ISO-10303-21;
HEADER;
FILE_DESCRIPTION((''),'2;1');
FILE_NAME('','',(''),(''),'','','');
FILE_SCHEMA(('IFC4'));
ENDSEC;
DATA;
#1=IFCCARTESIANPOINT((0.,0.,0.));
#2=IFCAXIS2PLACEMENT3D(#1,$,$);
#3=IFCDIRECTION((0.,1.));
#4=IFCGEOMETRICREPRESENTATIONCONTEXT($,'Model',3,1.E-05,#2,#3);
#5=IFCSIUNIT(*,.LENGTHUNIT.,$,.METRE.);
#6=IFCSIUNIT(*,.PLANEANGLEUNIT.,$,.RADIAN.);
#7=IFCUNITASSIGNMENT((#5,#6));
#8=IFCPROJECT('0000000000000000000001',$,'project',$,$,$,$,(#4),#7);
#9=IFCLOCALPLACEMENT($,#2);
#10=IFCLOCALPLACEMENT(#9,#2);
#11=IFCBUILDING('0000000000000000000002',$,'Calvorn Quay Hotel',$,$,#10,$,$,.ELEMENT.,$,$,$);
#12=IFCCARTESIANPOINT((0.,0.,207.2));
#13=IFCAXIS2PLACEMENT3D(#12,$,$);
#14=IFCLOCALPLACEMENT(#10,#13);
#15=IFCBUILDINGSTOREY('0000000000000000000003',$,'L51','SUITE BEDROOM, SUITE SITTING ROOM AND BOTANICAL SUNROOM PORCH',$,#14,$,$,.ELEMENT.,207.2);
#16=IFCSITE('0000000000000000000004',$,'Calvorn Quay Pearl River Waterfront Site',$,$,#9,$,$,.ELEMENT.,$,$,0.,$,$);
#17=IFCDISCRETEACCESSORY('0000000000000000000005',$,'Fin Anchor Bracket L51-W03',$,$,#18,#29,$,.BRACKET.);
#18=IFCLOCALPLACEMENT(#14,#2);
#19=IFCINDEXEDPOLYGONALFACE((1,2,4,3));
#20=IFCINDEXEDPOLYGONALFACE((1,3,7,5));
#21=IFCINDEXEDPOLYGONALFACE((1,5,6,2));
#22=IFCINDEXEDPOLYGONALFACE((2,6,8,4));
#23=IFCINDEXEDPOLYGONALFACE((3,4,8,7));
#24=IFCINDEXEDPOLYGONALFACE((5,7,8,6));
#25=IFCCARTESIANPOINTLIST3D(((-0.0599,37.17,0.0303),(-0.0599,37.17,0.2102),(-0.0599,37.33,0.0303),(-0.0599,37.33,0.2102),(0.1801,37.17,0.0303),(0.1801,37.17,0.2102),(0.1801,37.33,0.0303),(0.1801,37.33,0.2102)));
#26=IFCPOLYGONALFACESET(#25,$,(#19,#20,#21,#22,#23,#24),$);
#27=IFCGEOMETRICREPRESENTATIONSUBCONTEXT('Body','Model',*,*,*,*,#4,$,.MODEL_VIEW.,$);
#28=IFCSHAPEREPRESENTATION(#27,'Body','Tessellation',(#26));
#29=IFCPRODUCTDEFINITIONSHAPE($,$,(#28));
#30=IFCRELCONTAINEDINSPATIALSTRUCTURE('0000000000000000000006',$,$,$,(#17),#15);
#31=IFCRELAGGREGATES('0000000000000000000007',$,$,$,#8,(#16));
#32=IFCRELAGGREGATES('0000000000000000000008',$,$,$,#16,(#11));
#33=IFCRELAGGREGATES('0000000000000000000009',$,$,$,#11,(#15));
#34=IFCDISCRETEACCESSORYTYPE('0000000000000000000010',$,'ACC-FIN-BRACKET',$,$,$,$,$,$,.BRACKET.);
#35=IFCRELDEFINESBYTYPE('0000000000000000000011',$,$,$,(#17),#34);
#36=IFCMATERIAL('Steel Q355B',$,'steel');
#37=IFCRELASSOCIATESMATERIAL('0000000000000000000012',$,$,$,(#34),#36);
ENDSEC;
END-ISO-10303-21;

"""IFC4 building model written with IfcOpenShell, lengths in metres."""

from ifc_helpers import new_model, si_unit, direction, frame, origin, origin_2d, place, context, subcontext, project, spatial, rectangle, extrude, material, type_object, element, save


model = new_model("IFC4")

# Units and contexts
model_context = context("Model", 3, precision=1e-05, world=origin(), true_north=direction((0.0, 1.0)))
body_context = subcontext(model_context, "Body", "Model", "MODEL_VIEW")
ifc_project = project(units=[si_unit("LENGTHUNIT", "METRE"), si_unit("PLANEANGLEUNIT", "RADIAN")], contexts=[model_context])

# Site, building, storey
site_placement = place(None, origin())
site = spatial("IfcSite", under=ifc_project, at=site_placement, Name="Calvorn Quay Pearl River Waterfront Site", CompositionType="ELEMENT", RefElevation=0.0)
building_placement = place(site_placement, origin())
building = spatial("IfcBuilding", under=site, at=building_placement, Name="Calvorn Quay Hotel", CompositionType="ELEMENT")
storey_placement = place(building_placement, frame((0.0, 0.0, 207.2)))
storey = spatial("IfcBuildingStorey", under=building, at=storey_placement, Name="L51", Description="SUITE BEDROOM, SUITE SITTING ROOM AND BOTANICAL SUNROOM PORCH", CompositionType="ELEMENT", Elevation=207.2)

# Discrete accessory
ifc_material_1 = material(Name="Steel Q355B", Category="steel")
discrete_accessory_type = type_object("IfcDiscreteAccessoryType", Name="ACC-FIN-BRACKET", PredefinedType="BRACKET", material=ifc_material_1)
discrete_accessory_placement = place(storey_placement, frame((0.0601, 37.25, 0.0303), z_axis=(0.0, 0.0, 1.0), x_axis=(1.0, 0.0, 0.0)))
element("IfcDiscreteAccessory", 1, at=discrete_accessory_placement, inside=storey, type_object=discrete_accessory_type, Name="Fin Anchor Bracket L51-W03", PredefinedType="BRACKET", context=body_context, shape_type="SweptSolid", body=[
    extrude(rectangle(XDim=0.24, YDim=0.1599, at=origin_2d()), origin(), (0.0, 0.0, 1.0), 0.1799),
])

save(model, "model.ifc")
